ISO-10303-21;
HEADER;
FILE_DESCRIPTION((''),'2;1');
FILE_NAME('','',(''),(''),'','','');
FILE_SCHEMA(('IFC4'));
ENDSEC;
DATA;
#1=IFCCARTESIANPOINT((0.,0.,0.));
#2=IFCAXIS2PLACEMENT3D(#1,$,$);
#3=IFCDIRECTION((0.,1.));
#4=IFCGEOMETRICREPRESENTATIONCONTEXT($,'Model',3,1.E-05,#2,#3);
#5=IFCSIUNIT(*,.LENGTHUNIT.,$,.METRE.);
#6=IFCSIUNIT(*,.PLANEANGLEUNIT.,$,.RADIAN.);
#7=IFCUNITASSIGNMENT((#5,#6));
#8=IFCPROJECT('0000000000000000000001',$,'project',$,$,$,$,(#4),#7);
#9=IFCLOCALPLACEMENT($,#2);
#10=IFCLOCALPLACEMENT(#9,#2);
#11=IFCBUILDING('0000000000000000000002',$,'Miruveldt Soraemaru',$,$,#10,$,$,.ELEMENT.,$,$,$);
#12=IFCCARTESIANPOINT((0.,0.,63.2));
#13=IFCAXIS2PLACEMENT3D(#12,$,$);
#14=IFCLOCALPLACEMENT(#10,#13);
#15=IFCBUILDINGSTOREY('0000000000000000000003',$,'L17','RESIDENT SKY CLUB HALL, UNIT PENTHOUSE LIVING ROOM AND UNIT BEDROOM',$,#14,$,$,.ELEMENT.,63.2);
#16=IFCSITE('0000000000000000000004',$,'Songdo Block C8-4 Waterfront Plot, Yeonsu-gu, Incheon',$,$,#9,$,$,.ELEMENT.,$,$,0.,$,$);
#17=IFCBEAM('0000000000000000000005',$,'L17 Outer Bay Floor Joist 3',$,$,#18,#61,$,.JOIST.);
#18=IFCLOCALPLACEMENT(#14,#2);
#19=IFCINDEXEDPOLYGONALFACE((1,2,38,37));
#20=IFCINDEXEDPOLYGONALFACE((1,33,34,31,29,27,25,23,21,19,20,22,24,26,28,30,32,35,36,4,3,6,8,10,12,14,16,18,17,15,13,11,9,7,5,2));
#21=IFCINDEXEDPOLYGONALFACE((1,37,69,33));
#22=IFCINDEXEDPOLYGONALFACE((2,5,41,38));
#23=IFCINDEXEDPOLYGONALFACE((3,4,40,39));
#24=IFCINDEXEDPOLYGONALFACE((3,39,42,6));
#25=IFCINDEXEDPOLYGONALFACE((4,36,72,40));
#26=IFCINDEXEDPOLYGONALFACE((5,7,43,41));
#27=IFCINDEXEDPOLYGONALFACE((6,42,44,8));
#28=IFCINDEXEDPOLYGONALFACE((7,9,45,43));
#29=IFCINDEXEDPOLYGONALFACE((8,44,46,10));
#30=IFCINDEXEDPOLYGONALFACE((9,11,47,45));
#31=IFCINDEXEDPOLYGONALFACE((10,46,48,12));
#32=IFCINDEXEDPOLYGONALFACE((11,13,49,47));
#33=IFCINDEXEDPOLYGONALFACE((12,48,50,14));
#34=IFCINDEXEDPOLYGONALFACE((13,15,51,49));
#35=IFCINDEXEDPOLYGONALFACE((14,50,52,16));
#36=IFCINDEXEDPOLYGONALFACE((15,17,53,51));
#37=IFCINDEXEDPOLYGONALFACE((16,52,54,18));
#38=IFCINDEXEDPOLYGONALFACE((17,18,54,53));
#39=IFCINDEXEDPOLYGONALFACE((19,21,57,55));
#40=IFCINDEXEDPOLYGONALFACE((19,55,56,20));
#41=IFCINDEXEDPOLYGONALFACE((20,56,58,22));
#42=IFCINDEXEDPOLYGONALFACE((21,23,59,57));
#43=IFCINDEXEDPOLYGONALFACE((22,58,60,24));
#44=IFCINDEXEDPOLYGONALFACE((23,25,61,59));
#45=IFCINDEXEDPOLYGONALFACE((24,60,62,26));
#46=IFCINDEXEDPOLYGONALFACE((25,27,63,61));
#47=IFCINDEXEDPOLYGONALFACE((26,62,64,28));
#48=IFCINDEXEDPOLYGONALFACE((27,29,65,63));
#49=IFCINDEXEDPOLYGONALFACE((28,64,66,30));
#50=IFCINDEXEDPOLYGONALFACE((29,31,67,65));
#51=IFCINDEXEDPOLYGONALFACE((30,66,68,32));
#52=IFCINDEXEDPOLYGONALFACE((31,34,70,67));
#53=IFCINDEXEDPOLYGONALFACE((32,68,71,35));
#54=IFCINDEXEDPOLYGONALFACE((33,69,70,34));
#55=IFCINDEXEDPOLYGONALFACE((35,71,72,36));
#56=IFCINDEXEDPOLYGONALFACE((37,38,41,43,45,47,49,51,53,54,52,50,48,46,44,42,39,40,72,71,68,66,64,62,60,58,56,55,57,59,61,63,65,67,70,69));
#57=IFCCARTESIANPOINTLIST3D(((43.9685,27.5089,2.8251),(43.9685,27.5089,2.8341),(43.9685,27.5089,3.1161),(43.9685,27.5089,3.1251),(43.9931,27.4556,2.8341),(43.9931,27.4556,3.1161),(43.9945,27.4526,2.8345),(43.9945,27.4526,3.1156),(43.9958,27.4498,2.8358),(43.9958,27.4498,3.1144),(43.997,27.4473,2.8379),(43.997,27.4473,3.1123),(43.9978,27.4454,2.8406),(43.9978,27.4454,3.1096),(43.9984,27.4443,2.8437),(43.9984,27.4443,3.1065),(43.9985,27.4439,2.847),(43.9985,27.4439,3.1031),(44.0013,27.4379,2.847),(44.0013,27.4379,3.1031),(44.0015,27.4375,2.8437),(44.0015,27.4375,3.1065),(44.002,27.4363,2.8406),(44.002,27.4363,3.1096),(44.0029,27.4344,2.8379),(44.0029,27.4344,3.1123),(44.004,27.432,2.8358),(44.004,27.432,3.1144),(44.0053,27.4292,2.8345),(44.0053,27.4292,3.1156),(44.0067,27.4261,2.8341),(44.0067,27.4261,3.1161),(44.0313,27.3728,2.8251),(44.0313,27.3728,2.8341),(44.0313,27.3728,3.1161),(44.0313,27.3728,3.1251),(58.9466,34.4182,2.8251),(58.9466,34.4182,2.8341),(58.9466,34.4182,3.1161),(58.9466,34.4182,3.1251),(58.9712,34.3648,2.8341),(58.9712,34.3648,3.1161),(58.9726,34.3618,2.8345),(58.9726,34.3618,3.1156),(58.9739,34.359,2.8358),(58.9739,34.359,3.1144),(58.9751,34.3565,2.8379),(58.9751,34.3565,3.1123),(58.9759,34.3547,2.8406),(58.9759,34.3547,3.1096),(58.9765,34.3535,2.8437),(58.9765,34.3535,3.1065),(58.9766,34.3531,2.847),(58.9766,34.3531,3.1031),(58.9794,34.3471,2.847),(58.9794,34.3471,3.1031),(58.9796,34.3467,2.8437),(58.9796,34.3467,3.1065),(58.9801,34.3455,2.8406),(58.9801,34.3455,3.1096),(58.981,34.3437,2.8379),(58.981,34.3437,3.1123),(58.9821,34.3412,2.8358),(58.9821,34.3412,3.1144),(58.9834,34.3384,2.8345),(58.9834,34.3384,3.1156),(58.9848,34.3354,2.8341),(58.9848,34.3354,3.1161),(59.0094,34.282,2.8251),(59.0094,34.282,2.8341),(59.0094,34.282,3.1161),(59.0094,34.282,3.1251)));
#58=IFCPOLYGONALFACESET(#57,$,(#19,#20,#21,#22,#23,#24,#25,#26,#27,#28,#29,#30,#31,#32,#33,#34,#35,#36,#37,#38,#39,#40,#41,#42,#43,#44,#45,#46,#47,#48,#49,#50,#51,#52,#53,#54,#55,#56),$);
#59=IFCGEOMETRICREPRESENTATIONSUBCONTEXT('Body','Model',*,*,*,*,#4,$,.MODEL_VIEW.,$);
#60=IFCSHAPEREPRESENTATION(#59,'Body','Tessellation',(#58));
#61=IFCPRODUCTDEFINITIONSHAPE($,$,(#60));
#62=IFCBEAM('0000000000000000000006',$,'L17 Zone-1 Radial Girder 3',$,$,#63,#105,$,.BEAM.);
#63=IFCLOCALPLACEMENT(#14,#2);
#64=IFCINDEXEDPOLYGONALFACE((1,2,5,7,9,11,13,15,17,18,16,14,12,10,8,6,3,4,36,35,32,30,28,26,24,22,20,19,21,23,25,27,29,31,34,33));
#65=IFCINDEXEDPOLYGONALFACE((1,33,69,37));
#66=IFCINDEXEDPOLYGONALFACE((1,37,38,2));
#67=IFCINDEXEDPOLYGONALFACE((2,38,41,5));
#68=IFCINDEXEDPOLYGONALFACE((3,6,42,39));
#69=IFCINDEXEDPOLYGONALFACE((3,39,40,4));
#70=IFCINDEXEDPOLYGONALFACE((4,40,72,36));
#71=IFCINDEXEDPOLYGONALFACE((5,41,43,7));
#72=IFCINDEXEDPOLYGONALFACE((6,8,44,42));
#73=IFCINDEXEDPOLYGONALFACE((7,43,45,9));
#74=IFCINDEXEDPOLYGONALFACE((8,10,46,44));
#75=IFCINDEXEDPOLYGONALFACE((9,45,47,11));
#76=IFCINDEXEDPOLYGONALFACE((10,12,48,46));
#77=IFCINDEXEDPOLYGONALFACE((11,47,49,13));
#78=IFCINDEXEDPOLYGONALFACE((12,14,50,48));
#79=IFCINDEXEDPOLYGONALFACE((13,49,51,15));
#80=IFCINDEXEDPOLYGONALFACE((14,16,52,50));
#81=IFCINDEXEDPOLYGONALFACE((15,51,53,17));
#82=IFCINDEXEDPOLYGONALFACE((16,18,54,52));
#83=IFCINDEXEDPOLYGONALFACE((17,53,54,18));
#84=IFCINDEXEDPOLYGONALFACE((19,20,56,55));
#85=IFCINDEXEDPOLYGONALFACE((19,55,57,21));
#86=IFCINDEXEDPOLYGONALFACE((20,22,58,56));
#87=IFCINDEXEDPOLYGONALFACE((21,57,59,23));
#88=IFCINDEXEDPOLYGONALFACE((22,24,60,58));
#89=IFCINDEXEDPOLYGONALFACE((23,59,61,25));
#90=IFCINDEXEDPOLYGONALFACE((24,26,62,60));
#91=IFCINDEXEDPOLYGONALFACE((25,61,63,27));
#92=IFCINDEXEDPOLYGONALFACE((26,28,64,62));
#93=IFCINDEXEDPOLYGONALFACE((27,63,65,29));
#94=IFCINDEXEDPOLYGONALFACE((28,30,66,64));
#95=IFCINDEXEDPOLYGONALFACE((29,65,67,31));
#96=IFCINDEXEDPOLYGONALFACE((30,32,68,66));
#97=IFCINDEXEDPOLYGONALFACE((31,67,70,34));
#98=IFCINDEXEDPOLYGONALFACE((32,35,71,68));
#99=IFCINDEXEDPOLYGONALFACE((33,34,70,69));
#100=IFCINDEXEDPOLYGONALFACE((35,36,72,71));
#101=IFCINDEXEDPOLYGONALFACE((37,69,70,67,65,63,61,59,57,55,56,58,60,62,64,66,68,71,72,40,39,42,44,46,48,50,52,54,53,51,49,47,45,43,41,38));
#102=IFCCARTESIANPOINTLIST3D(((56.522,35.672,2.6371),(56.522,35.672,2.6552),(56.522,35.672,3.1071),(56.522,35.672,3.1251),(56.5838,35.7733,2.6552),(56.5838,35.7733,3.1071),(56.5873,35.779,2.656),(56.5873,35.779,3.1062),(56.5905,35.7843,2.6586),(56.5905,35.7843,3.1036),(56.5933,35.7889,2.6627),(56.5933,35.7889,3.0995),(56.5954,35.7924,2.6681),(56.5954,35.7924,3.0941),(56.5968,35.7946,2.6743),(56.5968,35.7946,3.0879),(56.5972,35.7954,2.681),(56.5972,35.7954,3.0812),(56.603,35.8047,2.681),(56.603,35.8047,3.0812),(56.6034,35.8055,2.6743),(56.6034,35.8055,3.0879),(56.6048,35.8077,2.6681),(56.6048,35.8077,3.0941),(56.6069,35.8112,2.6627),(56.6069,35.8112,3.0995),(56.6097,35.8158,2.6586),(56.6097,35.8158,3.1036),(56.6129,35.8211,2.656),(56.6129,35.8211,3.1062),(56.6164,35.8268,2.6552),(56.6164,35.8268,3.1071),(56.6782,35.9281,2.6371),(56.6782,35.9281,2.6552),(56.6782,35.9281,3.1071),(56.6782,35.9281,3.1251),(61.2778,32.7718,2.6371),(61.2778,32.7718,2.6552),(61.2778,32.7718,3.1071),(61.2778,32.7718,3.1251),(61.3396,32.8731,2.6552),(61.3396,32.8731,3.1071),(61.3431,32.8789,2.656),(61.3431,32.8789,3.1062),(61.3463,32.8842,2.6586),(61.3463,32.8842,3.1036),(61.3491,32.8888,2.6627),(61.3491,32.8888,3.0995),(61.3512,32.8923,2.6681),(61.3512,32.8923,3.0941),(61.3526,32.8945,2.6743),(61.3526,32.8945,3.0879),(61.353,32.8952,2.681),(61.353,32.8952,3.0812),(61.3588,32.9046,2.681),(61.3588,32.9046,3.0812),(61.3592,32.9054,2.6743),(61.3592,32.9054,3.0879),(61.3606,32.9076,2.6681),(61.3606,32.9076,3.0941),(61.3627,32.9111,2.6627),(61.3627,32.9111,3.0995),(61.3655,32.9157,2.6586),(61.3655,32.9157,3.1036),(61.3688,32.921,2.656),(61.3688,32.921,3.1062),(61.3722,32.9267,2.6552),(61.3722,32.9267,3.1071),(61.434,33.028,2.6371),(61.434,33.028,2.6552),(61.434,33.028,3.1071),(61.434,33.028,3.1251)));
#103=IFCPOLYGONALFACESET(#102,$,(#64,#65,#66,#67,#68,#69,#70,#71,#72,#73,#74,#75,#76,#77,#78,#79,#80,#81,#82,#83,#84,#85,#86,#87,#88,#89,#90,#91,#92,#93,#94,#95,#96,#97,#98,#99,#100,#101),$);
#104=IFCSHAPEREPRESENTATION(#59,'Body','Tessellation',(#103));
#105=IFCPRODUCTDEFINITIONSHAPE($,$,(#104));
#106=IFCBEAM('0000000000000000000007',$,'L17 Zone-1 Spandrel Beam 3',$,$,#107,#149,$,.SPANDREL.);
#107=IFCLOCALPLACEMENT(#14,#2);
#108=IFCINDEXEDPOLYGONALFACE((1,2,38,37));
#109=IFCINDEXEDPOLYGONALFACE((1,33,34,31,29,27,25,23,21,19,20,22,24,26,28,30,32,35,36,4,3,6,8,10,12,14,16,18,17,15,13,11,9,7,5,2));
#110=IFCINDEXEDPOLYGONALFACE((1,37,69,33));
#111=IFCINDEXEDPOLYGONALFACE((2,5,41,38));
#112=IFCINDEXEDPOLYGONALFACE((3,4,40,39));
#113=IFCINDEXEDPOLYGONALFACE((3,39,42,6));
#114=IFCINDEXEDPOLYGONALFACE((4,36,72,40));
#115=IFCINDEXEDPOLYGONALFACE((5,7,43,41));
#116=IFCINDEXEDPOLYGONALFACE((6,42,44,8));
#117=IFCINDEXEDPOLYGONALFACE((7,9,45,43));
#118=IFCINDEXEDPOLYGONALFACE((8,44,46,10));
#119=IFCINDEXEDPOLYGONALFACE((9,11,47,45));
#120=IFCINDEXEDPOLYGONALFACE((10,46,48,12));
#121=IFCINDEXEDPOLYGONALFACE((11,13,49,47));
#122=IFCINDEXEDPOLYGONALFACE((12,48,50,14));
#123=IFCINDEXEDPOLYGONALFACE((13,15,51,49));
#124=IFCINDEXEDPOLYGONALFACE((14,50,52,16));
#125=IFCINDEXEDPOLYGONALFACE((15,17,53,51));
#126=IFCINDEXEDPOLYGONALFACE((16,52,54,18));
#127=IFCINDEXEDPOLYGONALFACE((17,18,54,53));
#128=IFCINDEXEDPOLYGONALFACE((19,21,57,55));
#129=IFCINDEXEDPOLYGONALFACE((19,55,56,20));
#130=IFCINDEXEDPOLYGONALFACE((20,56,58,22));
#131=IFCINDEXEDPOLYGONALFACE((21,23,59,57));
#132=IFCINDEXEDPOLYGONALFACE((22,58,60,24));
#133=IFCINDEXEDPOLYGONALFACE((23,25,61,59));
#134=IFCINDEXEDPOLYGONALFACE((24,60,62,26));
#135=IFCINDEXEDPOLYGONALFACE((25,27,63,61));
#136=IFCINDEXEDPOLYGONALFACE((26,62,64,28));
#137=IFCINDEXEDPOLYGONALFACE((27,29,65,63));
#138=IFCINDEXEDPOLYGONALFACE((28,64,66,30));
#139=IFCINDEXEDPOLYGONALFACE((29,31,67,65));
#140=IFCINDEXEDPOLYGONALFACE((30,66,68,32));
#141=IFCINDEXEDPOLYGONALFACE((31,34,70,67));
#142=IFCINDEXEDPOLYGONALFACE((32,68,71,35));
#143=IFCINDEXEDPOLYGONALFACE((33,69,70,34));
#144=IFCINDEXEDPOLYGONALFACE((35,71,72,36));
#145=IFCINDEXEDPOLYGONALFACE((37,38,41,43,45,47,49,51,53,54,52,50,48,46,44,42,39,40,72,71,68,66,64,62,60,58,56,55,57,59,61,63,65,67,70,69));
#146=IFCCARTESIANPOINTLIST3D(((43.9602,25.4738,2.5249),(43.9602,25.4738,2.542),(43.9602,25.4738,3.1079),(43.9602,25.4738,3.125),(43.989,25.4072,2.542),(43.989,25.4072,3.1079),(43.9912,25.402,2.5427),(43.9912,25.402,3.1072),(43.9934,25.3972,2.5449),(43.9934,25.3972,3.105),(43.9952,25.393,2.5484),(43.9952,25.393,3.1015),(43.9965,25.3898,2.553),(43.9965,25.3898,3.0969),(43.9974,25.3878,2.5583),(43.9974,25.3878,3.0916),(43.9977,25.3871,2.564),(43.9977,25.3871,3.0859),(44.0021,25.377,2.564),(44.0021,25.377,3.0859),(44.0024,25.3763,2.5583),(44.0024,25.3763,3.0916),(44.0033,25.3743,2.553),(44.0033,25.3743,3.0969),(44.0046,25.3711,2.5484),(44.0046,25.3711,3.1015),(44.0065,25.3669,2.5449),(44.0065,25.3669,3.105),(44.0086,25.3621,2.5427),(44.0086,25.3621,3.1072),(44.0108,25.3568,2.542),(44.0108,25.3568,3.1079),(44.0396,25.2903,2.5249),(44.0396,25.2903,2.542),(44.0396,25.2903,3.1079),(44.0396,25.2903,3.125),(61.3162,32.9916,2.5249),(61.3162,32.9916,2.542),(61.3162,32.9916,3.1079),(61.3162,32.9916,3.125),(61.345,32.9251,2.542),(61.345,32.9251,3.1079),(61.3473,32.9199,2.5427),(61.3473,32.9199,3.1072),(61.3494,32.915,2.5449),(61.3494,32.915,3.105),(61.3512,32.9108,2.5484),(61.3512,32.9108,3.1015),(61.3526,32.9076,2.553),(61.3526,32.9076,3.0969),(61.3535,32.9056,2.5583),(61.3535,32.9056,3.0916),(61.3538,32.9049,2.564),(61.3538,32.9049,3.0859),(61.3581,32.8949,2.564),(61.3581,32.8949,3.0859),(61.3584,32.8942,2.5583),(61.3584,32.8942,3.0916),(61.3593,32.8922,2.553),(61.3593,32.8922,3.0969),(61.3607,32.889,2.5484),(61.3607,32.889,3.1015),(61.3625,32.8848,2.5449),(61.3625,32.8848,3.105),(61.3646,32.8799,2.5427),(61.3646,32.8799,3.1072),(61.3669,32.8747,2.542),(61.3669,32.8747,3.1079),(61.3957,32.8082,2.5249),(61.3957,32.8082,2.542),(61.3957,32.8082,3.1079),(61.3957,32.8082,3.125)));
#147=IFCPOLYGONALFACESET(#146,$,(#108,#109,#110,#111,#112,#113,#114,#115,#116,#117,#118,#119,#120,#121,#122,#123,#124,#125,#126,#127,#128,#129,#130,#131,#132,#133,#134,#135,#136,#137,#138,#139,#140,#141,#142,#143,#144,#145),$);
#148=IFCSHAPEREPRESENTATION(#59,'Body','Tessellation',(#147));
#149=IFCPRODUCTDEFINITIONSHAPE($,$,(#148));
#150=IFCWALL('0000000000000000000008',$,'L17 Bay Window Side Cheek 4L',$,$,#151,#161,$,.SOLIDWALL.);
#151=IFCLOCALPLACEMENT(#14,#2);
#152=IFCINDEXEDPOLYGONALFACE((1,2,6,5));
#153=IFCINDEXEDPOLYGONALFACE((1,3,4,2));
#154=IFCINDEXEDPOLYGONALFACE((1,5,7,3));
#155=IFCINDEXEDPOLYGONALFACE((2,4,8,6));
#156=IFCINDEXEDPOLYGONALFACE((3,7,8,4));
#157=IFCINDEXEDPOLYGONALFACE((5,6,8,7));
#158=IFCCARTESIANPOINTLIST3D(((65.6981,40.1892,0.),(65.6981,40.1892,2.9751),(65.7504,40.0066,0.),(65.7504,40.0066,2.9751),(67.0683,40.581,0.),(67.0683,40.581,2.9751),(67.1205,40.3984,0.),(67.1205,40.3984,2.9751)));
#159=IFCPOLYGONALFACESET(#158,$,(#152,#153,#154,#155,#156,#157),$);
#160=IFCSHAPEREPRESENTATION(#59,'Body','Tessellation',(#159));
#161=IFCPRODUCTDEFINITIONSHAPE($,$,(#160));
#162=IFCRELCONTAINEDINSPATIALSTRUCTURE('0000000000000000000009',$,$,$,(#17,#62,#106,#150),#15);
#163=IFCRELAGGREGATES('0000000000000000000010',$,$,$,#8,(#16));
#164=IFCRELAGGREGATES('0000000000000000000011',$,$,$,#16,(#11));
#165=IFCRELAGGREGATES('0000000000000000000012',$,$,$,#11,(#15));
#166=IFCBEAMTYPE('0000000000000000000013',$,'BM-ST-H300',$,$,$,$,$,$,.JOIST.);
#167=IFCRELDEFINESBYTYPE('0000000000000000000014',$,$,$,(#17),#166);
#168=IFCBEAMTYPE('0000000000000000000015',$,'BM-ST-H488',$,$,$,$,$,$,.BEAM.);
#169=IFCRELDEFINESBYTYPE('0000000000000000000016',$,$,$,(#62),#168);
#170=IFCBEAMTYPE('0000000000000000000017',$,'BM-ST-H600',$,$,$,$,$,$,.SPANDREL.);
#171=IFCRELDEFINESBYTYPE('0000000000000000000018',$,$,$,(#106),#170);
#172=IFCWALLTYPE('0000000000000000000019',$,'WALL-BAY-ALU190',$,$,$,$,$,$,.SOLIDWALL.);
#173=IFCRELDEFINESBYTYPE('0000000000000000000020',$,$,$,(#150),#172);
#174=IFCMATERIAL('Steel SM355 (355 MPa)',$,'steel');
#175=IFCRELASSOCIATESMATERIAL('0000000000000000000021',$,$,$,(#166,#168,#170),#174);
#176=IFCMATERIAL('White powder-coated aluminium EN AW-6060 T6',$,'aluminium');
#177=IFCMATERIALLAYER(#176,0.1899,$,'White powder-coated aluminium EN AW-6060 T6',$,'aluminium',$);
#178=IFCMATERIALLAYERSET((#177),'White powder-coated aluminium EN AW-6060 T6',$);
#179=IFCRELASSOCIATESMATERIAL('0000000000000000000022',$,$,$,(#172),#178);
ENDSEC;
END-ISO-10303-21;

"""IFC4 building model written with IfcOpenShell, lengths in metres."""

from ifc_helpers import new_model, si_unit, direction, frame, frame_2d, origin, origin_2d, place, context, subcontext, project, spatial, rectangle, i_section, extrude, material, layer, layer_set, material_profile, profile_set, type_object, element, save


model = new_model("IFC4")

# Units and contexts
model_context = context("Model", 3, precision=1e-05, world=origin(), true_north=direction((0.0, 1.0)))
body_context = subcontext(model_context, "Body", "Model", "MODEL_VIEW")
ifc_project = project(units=[si_unit("LENGTHUNIT", "METRE"), si_unit("PLANEANGLEUNIT", "RADIAN")], contexts=[model_context])

# Site, building, storey
site_placement = place(None, origin())
site = spatial("IfcSite", under=ifc_project, at=site_placement, Name="Songdo Block C8-4 Waterfront Plot, Yeonsu-gu, Incheon", CompositionType="ELEMENT", RefElevation=0.0)
building_placement = place(site_placement, origin())
building = spatial("IfcBuilding", under=site, at=building_placement, Name="Miruveldt Soraemaru", CompositionType="ELEMENT")
storey_placement = place(building_placement, frame((0.0, 0.0, 63.2)))
storey = spatial("IfcBuildingStorey", under=building, at=storey_placement, Name="L17", Description="RESIDENT SKY CLUB HALL, UNIT PENTHOUSE LIVING ROOM AND UNIT BEDROOM", CompositionType="ELEMENT", Elevation=63.2)

# Beams
ifc_material_1 = material(Name="Steel SM355 (355 MPa)", Category="steel")
ifc_material_profile_1 = material_profile(ifc_material_1, i_section(OverallWidth=0.1499, OverallDepth=0.3, WebThickness=0.0066, FlangeThickness=0.009, FilletRadius=0.0129, at=origin_2d()), Name="Steel SM355 (355 MPa)", Category="steel")
ifc_profile_set_1 = profile_set([ifc_material_profile_1], Name="Steel SM355 (355 MPa)")
beam_type_1 = type_object("IfcBeamType", Name="BM-ST-H300", PredefinedType="JOIST", material=ifc_profile_set_1)
beam_1_placement = place(storey_placement, frame((58.978, 34.3501, 2.9751), z_axis=(-0.908046, -0.41887, 0.0), x_axis=(0.41887, -0.908046, 0.0)))
element("IfcBeam", 1, at=beam_1_placement, inside=storey, type_object=beam_type_1, Name="L17 Outer Bay Floor Joist 3", PredefinedType="JOIST", context=body_context, shape_type="SweptSolid", body=[
    extrude(i_section(OverallWidth=0.1499, OverallDepth=0.3, WebThickness=0.0066, FlangeThickness=0.009, FilletRadius=0.0129, at=origin_2d()), origin(), (0.0, 0.0, 1.0), 16.4949),
])
ifc_material_profile_2 = material_profile(ifc_material_1, i_section(OverallWidth=0.3, OverallDepth=0.488, WebThickness=0.011, FlangeThickness=0.0181, FilletRadius=0.0259, at=origin_2d()), Name="Steel SM355 (355 MPa)", Category="steel")
ifc_profile_set_2 = profile_set([ifc_material_profile_2], Name="Steel SM355 (355 MPa)")
beam_type_2 = type_object("IfcBeamType", Name="BM-ST-H488", PredefinedType="BEAM", material=ifc_profile_set_2)
beam_2_placement = place(storey_placement, frame((56.6001, 35.8, 2.8811), z_axis=(0.853778, -0.520638, 0.0), x_axis=(0.520638, 0.853778, 0.0)))
element("IfcBeam", 2, at=beam_2_placement, inside=storey, type_object=beam_type_2, Name="L17 Zone-1 Radial Girder 3", PredefinedType="BEAM", context=body_context, shape_type="SweptSolid", body=[
    extrude(i_section(OverallWidth=0.3, OverallDepth=0.488, WebThickness=0.011, FlangeThickness=0.0181, FilletRadius=0.0259, at=origin_2d()), origin(), (0.0, 0.0, 1.0), 5.5703),
])
ifc_material_profile_3 = material_profile(ifc_material_1, i_section(OverallWidth=0.2, OverallDepth=0.6001, WebThickness=0.011, FlangeThickness=0.0171, FilletRadius=0.022, at=origin_2d()), Name="Steel SM355 (355 MPa)", Category="steel")
ifc_profile_set_3 = profile_set([ifc_material_profile_3], Name="Steel SM355 (355 MPa)")
beam_type_3 = type_object("IfcBeamType", Name="BM-ST-H600", PredefinedType="SPANDREL", material=ifc_profile_set_3)
beam_3_placement = place(storey_placement, frame((61.356, 32.8999, 2.825), z_axis=(-0.917615, -0.39747, 0.0), x_axis=(0.39747, -0.917615, 0.0)))
element("IfcBeam", 3, at=beam_3_placement, inside=storey, type_object=beam_type_3, Name="L17 Zone-1 Spandrel Beam 3", PredefinedType="SPANDREL", context=body_context, shape_type="SweptSolid", body=[
    extrude(i_section(OverallWidth=0.2, OverallDepth=0.6001, WebThickness=0.011, FlangeThickness=0.0171, FilletRadius=0.022, at=origin_2d()), origin(), (0.0, 0.0, 1.0), 18.9143),
])

# Wall
ifc_material_2 = material(Name="White powder-coated aluminium EN AW-6060 T6", Category="aluminium")
ifc_layer_1 = layer(ifc_material_2, 0.1899, Name="White powder-coated aluminium EN AW-6060 T6", Category="aluminium")
ifc_layer_set_1 = layer_set([ifc_layer_1], Name="White powder-coated aluminium EN AW-6060 T6")
wall_type_1 = type_object("IfcWallType", Name="WALL-BAY-ALU190", PredefinedType="SOLIDWALL", material=ifc_layer_set_1)
wall_1_placement = place(storey_placement, frame((65.7244, 40.0979, 0.0), z_axis=(0.0, 0.0, 1.0), x_axis=(0.961453, 0.27497, 0.0)))
element("IfcWall", 4, at=wall_1_placement, inside=storey, type_object=wall_type_1, Name="L17 Bay Window Side Cheek 4L", PredefinedType="SOLIDWALL", context=body_context, shape_type="SweptSolid", body=[
    extrude(rectangle(XDim=1.425, YDim=0.1899, at=frame_2d((0.7124, 0.0))), origin(), (0.0, 0.0, 1.0), 2.9751),
])

save(model, "model.ifc")
